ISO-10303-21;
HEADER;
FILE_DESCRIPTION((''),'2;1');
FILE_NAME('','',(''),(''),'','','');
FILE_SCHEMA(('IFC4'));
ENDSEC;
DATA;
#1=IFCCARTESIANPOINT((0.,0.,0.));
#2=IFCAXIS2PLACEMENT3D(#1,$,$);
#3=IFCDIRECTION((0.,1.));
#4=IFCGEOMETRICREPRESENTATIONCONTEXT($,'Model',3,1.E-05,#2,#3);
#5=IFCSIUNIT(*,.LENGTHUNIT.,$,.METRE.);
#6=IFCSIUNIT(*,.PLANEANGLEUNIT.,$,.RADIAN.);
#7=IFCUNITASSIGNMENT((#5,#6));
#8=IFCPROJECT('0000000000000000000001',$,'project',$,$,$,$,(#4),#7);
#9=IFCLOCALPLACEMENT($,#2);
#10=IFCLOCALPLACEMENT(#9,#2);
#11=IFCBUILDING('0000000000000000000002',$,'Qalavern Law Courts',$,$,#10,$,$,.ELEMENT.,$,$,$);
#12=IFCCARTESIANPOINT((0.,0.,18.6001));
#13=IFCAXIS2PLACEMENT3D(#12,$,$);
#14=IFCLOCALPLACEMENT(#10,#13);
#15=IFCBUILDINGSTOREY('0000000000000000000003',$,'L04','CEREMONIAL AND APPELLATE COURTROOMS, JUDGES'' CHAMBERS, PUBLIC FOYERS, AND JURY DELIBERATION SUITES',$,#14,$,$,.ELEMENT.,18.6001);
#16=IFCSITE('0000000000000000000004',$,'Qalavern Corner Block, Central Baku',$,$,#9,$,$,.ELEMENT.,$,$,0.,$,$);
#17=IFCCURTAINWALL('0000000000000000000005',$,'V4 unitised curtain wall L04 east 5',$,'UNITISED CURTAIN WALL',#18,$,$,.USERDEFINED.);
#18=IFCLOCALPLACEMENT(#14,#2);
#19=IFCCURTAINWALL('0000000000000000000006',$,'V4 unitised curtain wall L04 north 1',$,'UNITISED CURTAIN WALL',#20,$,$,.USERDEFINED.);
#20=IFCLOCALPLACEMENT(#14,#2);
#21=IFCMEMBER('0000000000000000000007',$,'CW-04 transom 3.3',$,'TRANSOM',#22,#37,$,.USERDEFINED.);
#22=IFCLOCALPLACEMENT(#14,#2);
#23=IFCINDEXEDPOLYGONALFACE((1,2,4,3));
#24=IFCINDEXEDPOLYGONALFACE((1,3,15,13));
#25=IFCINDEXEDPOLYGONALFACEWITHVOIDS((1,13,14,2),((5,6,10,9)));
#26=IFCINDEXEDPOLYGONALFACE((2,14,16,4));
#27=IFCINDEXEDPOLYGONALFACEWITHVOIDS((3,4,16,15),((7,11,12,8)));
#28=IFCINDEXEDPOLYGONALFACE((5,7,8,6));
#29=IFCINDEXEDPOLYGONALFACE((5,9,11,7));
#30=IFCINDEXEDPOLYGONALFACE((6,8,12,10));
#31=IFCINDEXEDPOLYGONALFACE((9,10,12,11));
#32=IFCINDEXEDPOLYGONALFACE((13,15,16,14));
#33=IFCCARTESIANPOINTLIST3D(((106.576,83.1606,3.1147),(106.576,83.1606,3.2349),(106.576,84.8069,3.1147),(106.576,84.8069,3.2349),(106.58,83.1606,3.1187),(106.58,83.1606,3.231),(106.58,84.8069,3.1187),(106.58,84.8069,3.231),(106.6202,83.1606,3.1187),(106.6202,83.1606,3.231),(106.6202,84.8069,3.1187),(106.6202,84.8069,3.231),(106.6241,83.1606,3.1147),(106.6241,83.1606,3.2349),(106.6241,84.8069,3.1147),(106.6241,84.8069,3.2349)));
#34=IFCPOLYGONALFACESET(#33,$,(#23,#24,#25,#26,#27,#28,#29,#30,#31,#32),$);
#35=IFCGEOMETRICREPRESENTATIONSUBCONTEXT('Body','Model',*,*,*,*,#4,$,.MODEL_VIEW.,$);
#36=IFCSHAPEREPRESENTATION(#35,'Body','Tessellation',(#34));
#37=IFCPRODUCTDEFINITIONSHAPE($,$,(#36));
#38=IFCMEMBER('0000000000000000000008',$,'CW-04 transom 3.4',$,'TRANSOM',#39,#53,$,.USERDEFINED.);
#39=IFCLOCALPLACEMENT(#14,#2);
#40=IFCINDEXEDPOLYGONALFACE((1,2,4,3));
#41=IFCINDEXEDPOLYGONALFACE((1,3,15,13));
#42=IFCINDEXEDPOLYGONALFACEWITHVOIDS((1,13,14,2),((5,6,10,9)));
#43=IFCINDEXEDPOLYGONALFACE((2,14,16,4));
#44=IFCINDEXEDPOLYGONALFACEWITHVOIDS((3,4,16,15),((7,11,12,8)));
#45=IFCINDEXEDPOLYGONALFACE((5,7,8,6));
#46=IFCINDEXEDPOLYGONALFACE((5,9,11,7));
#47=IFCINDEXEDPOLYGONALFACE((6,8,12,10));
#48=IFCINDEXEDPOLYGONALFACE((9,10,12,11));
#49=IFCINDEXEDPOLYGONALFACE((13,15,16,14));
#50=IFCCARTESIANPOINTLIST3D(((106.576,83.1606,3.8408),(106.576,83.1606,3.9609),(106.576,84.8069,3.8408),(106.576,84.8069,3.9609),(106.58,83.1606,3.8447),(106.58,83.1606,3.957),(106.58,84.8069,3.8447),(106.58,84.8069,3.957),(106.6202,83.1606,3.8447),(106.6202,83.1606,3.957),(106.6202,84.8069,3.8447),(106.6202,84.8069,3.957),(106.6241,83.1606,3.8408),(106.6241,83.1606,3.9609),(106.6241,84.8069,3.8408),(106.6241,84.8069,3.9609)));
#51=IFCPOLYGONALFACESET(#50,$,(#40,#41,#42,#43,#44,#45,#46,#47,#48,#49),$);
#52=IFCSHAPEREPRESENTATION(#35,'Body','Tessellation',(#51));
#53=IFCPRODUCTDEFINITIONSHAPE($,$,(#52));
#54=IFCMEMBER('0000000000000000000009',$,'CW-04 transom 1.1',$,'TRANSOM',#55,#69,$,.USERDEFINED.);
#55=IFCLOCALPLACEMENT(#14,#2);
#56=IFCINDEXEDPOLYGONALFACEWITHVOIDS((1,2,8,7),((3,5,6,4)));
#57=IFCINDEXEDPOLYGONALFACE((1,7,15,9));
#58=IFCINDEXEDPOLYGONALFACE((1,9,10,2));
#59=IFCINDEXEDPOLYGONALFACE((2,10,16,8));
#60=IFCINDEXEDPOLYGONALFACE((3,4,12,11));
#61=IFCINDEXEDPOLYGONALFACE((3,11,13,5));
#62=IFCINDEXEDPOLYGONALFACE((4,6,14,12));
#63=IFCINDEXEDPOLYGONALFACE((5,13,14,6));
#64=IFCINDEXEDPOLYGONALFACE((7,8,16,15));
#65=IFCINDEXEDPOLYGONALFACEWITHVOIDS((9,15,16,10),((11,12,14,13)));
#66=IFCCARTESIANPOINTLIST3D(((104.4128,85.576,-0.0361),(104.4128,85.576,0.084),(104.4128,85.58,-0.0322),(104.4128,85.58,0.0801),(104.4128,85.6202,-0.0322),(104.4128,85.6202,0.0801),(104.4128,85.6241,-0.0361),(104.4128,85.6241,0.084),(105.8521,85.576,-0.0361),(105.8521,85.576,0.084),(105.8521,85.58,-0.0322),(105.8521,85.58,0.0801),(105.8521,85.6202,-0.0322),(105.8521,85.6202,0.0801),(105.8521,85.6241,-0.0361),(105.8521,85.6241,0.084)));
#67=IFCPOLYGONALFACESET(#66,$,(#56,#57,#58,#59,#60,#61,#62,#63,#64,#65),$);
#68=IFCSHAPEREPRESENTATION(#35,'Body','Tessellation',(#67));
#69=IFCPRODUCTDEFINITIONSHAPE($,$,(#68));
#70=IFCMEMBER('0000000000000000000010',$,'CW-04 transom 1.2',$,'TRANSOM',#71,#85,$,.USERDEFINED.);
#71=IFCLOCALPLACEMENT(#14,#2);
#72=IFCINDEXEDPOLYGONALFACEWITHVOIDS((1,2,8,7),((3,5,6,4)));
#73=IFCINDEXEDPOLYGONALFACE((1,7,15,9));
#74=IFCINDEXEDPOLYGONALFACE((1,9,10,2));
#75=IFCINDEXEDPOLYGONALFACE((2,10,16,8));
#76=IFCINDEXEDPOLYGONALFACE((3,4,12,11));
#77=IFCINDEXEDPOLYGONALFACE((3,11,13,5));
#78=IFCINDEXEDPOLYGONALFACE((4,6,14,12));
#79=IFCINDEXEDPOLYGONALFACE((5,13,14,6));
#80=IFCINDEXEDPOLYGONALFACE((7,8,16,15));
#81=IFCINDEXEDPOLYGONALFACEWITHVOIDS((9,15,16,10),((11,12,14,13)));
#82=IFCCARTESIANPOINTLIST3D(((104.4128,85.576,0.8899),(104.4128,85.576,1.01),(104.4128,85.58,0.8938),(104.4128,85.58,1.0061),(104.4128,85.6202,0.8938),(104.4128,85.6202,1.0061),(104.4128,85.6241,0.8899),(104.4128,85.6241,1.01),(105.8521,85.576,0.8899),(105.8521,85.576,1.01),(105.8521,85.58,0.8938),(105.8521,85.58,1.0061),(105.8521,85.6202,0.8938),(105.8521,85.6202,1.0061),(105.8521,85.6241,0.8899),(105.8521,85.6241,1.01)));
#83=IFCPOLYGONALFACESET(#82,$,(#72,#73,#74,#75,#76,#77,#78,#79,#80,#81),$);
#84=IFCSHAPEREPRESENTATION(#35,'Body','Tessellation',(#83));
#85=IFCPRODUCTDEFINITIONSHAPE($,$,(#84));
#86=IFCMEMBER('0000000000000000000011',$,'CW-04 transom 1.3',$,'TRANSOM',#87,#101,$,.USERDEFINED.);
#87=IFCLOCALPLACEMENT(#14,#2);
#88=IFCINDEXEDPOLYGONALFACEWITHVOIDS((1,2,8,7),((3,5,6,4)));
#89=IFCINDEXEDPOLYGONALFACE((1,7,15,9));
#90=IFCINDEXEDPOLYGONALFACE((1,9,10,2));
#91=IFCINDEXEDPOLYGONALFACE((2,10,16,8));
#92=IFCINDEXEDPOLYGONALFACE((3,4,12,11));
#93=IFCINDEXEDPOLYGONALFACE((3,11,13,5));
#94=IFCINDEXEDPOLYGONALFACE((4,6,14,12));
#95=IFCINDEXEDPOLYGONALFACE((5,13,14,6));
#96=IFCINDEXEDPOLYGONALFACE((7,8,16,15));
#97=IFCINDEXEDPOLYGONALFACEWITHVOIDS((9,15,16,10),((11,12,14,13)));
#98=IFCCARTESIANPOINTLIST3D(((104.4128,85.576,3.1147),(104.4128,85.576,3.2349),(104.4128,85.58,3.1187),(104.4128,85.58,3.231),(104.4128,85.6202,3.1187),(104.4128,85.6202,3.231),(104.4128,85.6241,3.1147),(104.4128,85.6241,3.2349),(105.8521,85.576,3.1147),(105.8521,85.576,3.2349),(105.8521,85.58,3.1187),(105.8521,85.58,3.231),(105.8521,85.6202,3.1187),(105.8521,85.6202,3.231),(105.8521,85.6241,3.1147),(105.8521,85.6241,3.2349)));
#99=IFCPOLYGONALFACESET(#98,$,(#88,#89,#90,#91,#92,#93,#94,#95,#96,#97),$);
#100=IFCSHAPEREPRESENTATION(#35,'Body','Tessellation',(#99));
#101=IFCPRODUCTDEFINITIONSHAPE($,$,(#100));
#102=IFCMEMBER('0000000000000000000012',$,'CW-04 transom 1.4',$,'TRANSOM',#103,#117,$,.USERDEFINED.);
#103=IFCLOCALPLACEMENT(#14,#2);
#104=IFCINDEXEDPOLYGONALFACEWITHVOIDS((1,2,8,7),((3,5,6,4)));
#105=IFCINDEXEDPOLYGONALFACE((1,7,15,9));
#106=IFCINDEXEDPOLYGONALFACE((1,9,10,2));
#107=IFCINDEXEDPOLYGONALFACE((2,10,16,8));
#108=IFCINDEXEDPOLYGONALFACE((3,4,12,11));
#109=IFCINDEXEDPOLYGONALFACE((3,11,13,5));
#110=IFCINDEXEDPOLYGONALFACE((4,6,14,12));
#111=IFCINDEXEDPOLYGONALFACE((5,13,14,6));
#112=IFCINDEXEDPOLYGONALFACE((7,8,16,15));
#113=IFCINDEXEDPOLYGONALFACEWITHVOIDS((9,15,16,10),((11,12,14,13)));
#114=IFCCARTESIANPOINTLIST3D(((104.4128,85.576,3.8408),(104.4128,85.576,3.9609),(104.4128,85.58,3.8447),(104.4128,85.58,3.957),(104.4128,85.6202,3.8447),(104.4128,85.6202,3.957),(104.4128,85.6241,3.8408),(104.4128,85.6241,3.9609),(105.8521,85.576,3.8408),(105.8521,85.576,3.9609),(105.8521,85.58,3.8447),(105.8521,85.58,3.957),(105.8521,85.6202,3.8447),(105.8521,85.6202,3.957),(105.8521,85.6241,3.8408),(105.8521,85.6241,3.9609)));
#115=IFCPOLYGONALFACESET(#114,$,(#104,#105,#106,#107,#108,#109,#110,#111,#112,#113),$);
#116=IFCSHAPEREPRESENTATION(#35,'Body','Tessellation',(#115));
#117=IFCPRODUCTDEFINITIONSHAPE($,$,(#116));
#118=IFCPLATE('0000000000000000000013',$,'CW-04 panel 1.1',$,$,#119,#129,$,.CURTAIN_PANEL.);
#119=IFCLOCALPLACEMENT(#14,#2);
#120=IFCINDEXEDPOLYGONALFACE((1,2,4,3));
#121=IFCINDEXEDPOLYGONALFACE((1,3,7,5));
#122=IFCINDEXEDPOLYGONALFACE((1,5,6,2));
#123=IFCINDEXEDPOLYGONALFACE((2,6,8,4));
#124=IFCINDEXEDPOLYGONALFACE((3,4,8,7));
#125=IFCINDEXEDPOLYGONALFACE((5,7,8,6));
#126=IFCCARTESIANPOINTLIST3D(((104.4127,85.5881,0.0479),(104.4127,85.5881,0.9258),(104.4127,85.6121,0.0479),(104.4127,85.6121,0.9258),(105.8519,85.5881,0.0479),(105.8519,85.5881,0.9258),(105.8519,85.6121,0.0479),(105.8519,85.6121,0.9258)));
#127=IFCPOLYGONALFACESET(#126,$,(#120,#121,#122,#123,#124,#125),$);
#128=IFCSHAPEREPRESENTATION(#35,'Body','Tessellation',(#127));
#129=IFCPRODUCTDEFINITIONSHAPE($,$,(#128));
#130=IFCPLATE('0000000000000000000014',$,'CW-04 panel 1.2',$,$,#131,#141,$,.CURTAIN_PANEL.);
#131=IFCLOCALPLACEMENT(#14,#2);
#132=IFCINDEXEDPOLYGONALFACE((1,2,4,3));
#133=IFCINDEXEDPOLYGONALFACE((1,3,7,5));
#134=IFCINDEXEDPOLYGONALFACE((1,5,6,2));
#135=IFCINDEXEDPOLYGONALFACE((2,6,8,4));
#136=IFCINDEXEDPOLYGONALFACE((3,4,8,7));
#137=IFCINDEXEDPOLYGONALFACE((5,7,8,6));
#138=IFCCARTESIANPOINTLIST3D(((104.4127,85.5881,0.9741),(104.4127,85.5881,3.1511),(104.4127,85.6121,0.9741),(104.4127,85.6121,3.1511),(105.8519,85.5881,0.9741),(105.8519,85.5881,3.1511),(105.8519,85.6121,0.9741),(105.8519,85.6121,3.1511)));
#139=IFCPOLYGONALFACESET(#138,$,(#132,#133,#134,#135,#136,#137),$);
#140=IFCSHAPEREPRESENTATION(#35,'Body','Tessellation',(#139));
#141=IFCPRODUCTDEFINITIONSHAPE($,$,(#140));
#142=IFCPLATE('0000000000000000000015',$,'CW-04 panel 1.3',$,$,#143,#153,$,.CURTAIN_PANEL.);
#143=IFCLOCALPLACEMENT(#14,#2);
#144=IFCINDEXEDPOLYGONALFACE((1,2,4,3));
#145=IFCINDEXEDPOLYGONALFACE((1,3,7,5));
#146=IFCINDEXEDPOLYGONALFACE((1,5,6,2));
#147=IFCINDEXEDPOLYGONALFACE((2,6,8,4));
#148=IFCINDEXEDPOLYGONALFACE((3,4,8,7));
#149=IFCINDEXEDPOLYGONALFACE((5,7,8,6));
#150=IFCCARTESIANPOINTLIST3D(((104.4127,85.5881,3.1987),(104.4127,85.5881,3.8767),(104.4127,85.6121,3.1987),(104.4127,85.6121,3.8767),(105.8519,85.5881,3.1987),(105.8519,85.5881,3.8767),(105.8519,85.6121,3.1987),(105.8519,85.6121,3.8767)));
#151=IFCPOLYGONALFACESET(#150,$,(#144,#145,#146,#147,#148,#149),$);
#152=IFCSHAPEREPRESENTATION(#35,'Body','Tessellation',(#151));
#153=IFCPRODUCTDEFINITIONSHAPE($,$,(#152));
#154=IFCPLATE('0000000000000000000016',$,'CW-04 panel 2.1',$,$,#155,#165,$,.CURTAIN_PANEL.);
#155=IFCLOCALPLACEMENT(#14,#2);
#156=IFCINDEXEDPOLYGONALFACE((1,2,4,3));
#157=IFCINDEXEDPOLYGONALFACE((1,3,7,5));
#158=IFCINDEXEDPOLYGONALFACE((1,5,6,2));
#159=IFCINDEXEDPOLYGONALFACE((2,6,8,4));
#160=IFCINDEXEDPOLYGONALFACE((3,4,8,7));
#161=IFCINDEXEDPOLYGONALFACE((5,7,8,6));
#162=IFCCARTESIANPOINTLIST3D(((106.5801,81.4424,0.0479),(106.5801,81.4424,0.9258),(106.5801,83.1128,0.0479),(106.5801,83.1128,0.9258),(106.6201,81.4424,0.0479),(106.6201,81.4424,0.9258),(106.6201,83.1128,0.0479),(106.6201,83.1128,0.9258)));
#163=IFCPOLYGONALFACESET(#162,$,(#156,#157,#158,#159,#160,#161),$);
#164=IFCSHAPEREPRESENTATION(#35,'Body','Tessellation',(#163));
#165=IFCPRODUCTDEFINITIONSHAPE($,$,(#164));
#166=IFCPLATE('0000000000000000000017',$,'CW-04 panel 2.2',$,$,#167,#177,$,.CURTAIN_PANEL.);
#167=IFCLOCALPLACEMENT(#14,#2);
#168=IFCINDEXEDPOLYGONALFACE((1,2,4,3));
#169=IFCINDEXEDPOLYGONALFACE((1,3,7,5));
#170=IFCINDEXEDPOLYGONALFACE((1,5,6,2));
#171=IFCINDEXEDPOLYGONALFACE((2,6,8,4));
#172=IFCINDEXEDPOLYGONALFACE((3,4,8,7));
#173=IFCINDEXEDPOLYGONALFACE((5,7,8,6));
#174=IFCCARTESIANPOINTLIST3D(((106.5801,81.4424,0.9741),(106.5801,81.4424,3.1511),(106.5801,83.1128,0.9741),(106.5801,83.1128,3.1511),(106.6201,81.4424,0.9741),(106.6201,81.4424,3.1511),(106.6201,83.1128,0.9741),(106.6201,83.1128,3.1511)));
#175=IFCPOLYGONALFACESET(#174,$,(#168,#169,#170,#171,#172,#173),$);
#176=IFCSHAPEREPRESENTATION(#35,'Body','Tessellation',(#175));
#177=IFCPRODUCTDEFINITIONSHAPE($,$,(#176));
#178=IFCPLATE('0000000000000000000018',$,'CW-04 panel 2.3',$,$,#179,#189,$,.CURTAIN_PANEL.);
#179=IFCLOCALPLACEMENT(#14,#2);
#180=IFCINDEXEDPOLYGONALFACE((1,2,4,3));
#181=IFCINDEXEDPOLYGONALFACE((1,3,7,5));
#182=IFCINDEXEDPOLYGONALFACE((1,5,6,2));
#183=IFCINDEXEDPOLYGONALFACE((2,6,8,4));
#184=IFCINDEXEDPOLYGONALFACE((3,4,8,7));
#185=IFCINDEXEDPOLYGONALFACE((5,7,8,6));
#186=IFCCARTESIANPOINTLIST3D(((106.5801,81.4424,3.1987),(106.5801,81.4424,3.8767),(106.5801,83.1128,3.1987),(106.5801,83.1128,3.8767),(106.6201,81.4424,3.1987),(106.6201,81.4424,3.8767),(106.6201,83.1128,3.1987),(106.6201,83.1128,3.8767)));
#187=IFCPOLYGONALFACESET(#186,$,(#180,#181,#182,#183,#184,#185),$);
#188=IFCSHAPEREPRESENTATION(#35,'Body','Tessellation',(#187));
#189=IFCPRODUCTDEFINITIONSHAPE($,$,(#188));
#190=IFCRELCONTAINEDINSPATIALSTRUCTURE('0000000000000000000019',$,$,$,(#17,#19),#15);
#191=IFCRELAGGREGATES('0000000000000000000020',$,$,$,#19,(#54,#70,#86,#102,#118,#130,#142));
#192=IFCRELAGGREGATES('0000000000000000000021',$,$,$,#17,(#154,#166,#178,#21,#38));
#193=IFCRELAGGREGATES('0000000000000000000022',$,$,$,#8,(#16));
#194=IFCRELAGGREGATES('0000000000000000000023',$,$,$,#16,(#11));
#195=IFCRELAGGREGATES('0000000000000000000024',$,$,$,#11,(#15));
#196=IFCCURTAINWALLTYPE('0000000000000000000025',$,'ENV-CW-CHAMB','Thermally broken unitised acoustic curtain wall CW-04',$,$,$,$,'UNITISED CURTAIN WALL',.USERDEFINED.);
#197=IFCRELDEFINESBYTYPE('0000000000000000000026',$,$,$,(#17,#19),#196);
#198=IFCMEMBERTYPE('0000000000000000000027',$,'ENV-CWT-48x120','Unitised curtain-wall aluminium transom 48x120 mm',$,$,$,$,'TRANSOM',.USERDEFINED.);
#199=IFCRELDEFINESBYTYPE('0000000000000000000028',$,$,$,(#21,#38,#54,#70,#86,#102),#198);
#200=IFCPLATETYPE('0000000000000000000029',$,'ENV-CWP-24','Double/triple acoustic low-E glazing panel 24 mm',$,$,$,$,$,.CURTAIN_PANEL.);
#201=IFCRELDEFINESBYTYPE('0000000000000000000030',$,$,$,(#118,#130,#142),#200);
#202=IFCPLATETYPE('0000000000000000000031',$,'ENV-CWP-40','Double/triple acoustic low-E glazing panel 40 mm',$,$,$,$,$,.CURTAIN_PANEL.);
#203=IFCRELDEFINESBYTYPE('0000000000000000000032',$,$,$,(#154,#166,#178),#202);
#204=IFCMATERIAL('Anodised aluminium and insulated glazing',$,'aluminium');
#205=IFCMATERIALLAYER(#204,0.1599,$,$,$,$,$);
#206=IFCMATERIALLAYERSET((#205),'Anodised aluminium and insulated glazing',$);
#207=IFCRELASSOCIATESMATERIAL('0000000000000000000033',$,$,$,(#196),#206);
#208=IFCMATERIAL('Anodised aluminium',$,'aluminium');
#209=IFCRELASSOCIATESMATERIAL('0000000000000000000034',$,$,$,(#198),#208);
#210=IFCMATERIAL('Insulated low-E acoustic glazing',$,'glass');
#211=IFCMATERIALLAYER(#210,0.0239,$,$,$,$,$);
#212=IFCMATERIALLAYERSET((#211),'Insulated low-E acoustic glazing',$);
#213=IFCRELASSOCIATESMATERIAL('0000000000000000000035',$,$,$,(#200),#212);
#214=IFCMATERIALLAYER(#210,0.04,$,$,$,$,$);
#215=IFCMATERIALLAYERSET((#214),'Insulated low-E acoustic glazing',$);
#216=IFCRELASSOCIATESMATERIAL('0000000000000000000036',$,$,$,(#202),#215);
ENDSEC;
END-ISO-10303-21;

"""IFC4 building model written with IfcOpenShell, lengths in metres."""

from ifc_helpers import new_model, si_unit, direction, frame, origin, origin_2d, place, context, subcontext, project, spatial, rectangle, hollow_rectangle, extrude, material, layer, layer_set, material_profile, profile_set, type_object, element, aggregate, save


model = new_model("IFC4")

# Units and contexts
model_context = context("Model", 3, precision=1e-05, world=origin(), true_north=direction((0.0, 1.0)))
body_context = subcontext(model_context, "Body", "Model", "MODEL_VIEW")
ifc_project = project(units=[si_unit("LENGTHUNIT", "METRE"), si_unit("PLANEANGLEUNIT", "RADIAN")], contexts=[model_context])

# Site, building, storey
site_placement = place(None, origin())
site = spatial("IfcSite", under=ifc_project, at=site_placement, Name="Qalavern Corner Block, Central Baku", CompositionType="ELEMENT", RefElevation=0.0)
building_placement = place(site_placement, origin())
building = spatial("IfcBuilding", under=site, at=building_placement, Name="Qalavern Law Courts", CompositionType="ELEMENT")
storey_placement = place(building_placement, frame((0.0, 0.0, 18.6001)))
storey = spatial("IfcBuildingStorey", under=building, at=storey_placement, Name="L04", Description="CEREMONIAL AND APPELLATE COURTROOMS, JUDGES' CHAMBERS, PUBLIC FOYERS, AND JURY DELIBERATION SUITES", CompositionType="ELEMENT", Elevation=18.6001)

# Curtain walls
ifc_material_1 = material(Name="Anodised aluminium and insulated glazing", Category="aluminium")
ifc_layer_1 = layer(ifc_material_1, 0.1599)
ifc_layer_set_1 = layer_set([ifc_layer_1], Name="Anodised aluminium and insulated glazing")
curtain_wall_type = type_object("IfcCurtainWallType", Name="ENV-CW-CHAMB", Description="Thermally broken unitised acoustic curtain wall CW-04", ElementType="UNITISED CURTAIN WALL", PredefinedType="USERDEFINED", material=ifc_layer_set_1)
curtain_wall_1_placement = place(storey_placement, origin())
curtain_wall_1 = element("IfcCurtainWall", 1, at=curtain_wall_1_placement, inside=storey, type_object=curtain_wall_type, Name="V4 unitised curtain wall L04 east 5", ObjectType="UNITISED CURTAIN WALL", PredefinedType="USERDEFINED")
ifc_material_2 = material(Name="Anodised aluminium", Category="aluminium")
curtain_wall_2_placement = place(storey_placement, origin())
curtain_wall_2 = element("IfcCurtainWall", 2, at=curtain_wall_2_placement, inside=storey, type_object=curtain_wall_type, Name="V4 unitised curtain wall L04 north 1", ObjectType="UNITISED CURTAIN WALL", PredefinedType="USERDEFINED")

# Members
ifc_material_profile_1 = material_profile(ifc_material_2, hollow_rectangle(XDim=0.0481, YDim=0.1201, WallThickness=0.0039, at=origin_2d()), Name="ALU TRANSOM 48x120")
ifc_profile_set_1 = profile_set([ifc_material_profile_1], Name="Anodised aluminium")
member_type_1 = type_object("IfcMemberType", Name="ENV-CWT-48x120", Description="Unitised curtain-wall aluminium transom 48x120 mm", ElementType="TRANSOM", PredefinedType="USERDEFINED", material=ifc_profile_set_1)
member_1_placement = place(storey_placement, frame((106.6001, 83.1606, 3.1748), z_axis=(0.0, 1.0, 0.0), x_axis=(-1.0, 0.0, 0.0)))
member_1 = element("IfcMember", 3, at=member_1_placement, type_object=member_type_1, Name="CW-04 transom 3.3", ObjectType="TRANSOM", PredefinedType="USERDEFINED", context=body_context, shape_type="SweptSolid", body=[
    extrude(hollow_rectangle(XDim=0.0481, YDim=0.1201, WallThickness=0.0039, at=origin_2d()), origin(), (0.0, 0.0, 1.0), 1.6462),
])
member_2_placement = place(storey_placement, frame((106.6001, 83.1606, 3.9009), z_axis=(0.0, 1.0, 0.0), x_axis=(-1.0, 0.0, 0.0)))
member_2 = element("IfcMember", 4, at=member_2_placement, type_object=member_type_1, Name="CW-04 transom 3.4", ObjectType="TRANSOM", PredefinedType="USERDEFINED", context=body_context, shape_type="SweptSolid", body=[
    extrude(hollow_rectangle(XDim=0.0481, YDim=0.1201, WallThickness=0.0039, at=origin_2d()), origin(), (0.0, 0.0, 1.0), 1.6462),
])
member_3_placement = place(storey_placement, frame((105.8521, 85.6001, 0.0239), z_axis=(-1.0, 0.0, 0.0), x_axis=(0.0, -1.0, 0.0)))
member_3 = element("IfcMember", 5, at=member_3_placement, type_object=member_type_1, Name="CW-04 transom 1.1", ObjectType="TRANSOM", PredefinedType="USERDEFINED", context=body_context, shape_type="SweptSolid", body=[
    extrude(hollow_rectangle(XDim=0.0481, YDim=0.1201, WallThickness=0.0039, at=origin_2d()), origin(), (0.0, 0.0, 1.0), 1.4392),
])
member_4_placement = place(storey_placement, frame((105.8521, 85.6001, 0.95), z_axis=(-1.0, 0.0, 0.0), x_axis=(0.0, -1.0, 0.0)))
member_4 = element("IfcMember", 6, at=member_4_placement, type_object=member_type_1, Name="CW-04 transom 1.2", ObjectType="TRANSOM", PredefinedType="USERDEFINED", context=body_context, shape_type="SweptSolid", body=[
    extrude(hollow_rectangle(XDim=0.0481, YDim=0.1201, WallThickness=0.0039, at=origin_2d()), origin(), (0.0, 0.0, 1.0), 1.4392),
])
member_5_placement = place(storey_placement, frame((105.8521, 85.6001, 3.1748), z_axis=(-1.0, 0.0, 0.0), x_axis=(0.0, -1.0, 0.0)))
member_5 = element("IfcMember", 7, at=member_5_placement, type_object=member_type_1, Name="CW-04 transom 1.3", ObjectType="TRANSOM", PredefinedType="USERDEFINED", context=body_context, shape_type="SweptSolid", body=[
    extrude(hollow_rectangle(XDim=0.0481, YDim=0.1201, WallThickness=0.0039, at=origin_2d()), origin(), (0.0, 0.0, 1.0), 1.4392),
])
member_6_placement = place(storey_placement, frame((105.8521, 85.6001, 3.9009), z_axis=(-1.0, 0.0, 0.0), x_axis=(0.0, -1.0, 0.0)))
member_6 = element("IfcMember", 8, at=member_6_placement, type_object=member_type_1, Name="CW-04 transom 1.4", ObjectType="TRANSOM", PredefinedType="USERDEFINED", context=body_context, shape_type="SweptSolid", body=[
    extrude(hollow_rectangle(XDim=0.0481, YDim=0.1201, WallThickness=0.0039, at=origin_2d()), origin(), (0.0, 0.0, 1.0), 1.4392),
])

# Plates
ifc_material_3 = material(Name="Insulated low-E acoustic glazing", Category="glass")
ifc_layer_2 = layer(ifc_material_3, 0.0239)
ifc_layer_set_2 = layer_set([ifc_layer_2], Name="Insulated low-E acoustic glazing")
plate_type_1 = type_object("IfcPlateType", Name="ENV-CWP-24", Description="Double/triple acoustic low-E glazing panel 24 mm", PredefinedType="CURTAIN_PANEL", material=ifc_layer_set_2)
plate_1_placement = place(storey_placement, frame((105.1323, 85.6001, 0.0479), z_axis=(0.0, 0.0, 1.0), x_axis=(-1.0, 0.0, 0.0)))
plate_1 = element("IfcPlate", 9, at=plate_1_placement, type_object=plate_type_1, Name="CW-04 panel 1.1", PredefinedType="CURTAIN_PANEL", context=body_context, shape_type="SweptSolid", body=[
    extrude(rectangle(XDim=1.4392, YDim=0.0239, at=origin_2d()), origin(), (0.0, 0.0, 1.0), 0.8779),
])
plate_2_placement = place(storey_placement, frame((105.1323, 85.6001, 0.9741), z_axis=(0.0, 0.0, 1.0), x_axis=(-1.0, 0.0, 0.0)))
plate_2 = element("IfcPlate", 10, at=plate_2_placement, type_object=plate_type_1, Name="CW-04 panel 1.2", PredefinedType="CURTAIN_PANEL", context=body_context, shape_type="SweptSolid", body=[
    extrude(rectangle(XDim=1.4392, YDim=0.0239, at=origin_2d()), origin(), (0.0, 0.0, 1.0), 2.177),
])
plate_3_placement = place(storey_placement, frame((105.1323, 85.6001, 3.1987), z_axis=(0.0, 0.0, 1.0), x_axis=(-1.0, 0.0, 0.0)))
plate_3 = element("IfcPlate", 11, at=plate_3_placement, type_object=plate_type_1, Name="CW-04 panel 1.3", PredefinedType="CURTAIN_PANEL", context=body_context, shape_type="SweptSolid", body=[
    extrude(rectangle(XDim=1.4392, YDim=0.0239, at=origin_2d()), origin(), (0.0, 0.0, 1.0), 0.678),
])
aggregate(curtain_wall_2, [member_3, member_4, member_5, member_6, plate_1, plate_2, plate_3])
ifc_layer_3 = layer(ifc_material_3, 0.04)
ifc_layer_set_3 = layer_set([ifc_layer_3], Name="Insulated low-E acoustic glazing")
plate_type_2 = type_object("IfcPlateType", Name="ENV-CWP-40", Description="Double/triple acoustic low-E glazing panel 40 mm", PredefinedType="CURTAIN_PANEL", material=ifc_layer_set_3)
plate_4_placement = place(storey_placement, frame((106.6001, 82.2776, 0.0479), z_axis=(0.0, 0.0, 1.0), x_axis=(0.0, 1.0, 0.0)))
plate_4 = element("IfcPlate", 12, at=plate_4_placement, type_object=plate_type_2, Name="CW-04 panel 2.1", PredefinedType="CURTAIN_PANEL", context=body_context, shape_type="SweptSolid", body=[
    extrude(rectangle(XDim=1.6704, YDim=0.04, at=origin_2d()), origin(), (0.0, 0.0, 1.0), 0.8779),
])
plate_5_placement = place(storey_placement, frame((106.6001, 82.2776, 0.9741), z_axis=(0.0, 0.0, 1.0), x_axis=(0.0, 1.0, 0.0)))
plate_5 = element("IfcPlate", 13, at=plate_5_placement, type_object=plate_type_2, Name="CW-04 panel 2.2", PredefinedType="CURTAIN_PANEL", context=body_context, shape_type="SweptSolid", body=[
    extrude(rectangle(XDim=1.6704, YDim=0.04, at=origin_2d()), origin(), (0.0, 0.0, 1.0), 2.177),
])
plate_6_placement = place(storey_placement, frame((106.6001, 82.2776, 3.1987), z_axis=(0.0, 0.0, 1.0), x_axis=(0.0, 1.0, 0.0)))
plate_6 = element("IfcPlate", 14, at=plate_6_placement, type_object=plate_type_2, Name="CW-04 panel 2.3", PredefinedType="CURTAIN_PANEL", context=body_context, shape_type="SweptSolid", body=[
    extrude(rectangle(XDim=1.6704, YDim=0.04, at=origin_2d()), origin(), (0.0, 0.0, 1.0), 0.678),
])
aggregate(curtain_wall_1, [plate_4, plate_5, plate_6, member_1, member_2])

save(model, "model.ifc")
